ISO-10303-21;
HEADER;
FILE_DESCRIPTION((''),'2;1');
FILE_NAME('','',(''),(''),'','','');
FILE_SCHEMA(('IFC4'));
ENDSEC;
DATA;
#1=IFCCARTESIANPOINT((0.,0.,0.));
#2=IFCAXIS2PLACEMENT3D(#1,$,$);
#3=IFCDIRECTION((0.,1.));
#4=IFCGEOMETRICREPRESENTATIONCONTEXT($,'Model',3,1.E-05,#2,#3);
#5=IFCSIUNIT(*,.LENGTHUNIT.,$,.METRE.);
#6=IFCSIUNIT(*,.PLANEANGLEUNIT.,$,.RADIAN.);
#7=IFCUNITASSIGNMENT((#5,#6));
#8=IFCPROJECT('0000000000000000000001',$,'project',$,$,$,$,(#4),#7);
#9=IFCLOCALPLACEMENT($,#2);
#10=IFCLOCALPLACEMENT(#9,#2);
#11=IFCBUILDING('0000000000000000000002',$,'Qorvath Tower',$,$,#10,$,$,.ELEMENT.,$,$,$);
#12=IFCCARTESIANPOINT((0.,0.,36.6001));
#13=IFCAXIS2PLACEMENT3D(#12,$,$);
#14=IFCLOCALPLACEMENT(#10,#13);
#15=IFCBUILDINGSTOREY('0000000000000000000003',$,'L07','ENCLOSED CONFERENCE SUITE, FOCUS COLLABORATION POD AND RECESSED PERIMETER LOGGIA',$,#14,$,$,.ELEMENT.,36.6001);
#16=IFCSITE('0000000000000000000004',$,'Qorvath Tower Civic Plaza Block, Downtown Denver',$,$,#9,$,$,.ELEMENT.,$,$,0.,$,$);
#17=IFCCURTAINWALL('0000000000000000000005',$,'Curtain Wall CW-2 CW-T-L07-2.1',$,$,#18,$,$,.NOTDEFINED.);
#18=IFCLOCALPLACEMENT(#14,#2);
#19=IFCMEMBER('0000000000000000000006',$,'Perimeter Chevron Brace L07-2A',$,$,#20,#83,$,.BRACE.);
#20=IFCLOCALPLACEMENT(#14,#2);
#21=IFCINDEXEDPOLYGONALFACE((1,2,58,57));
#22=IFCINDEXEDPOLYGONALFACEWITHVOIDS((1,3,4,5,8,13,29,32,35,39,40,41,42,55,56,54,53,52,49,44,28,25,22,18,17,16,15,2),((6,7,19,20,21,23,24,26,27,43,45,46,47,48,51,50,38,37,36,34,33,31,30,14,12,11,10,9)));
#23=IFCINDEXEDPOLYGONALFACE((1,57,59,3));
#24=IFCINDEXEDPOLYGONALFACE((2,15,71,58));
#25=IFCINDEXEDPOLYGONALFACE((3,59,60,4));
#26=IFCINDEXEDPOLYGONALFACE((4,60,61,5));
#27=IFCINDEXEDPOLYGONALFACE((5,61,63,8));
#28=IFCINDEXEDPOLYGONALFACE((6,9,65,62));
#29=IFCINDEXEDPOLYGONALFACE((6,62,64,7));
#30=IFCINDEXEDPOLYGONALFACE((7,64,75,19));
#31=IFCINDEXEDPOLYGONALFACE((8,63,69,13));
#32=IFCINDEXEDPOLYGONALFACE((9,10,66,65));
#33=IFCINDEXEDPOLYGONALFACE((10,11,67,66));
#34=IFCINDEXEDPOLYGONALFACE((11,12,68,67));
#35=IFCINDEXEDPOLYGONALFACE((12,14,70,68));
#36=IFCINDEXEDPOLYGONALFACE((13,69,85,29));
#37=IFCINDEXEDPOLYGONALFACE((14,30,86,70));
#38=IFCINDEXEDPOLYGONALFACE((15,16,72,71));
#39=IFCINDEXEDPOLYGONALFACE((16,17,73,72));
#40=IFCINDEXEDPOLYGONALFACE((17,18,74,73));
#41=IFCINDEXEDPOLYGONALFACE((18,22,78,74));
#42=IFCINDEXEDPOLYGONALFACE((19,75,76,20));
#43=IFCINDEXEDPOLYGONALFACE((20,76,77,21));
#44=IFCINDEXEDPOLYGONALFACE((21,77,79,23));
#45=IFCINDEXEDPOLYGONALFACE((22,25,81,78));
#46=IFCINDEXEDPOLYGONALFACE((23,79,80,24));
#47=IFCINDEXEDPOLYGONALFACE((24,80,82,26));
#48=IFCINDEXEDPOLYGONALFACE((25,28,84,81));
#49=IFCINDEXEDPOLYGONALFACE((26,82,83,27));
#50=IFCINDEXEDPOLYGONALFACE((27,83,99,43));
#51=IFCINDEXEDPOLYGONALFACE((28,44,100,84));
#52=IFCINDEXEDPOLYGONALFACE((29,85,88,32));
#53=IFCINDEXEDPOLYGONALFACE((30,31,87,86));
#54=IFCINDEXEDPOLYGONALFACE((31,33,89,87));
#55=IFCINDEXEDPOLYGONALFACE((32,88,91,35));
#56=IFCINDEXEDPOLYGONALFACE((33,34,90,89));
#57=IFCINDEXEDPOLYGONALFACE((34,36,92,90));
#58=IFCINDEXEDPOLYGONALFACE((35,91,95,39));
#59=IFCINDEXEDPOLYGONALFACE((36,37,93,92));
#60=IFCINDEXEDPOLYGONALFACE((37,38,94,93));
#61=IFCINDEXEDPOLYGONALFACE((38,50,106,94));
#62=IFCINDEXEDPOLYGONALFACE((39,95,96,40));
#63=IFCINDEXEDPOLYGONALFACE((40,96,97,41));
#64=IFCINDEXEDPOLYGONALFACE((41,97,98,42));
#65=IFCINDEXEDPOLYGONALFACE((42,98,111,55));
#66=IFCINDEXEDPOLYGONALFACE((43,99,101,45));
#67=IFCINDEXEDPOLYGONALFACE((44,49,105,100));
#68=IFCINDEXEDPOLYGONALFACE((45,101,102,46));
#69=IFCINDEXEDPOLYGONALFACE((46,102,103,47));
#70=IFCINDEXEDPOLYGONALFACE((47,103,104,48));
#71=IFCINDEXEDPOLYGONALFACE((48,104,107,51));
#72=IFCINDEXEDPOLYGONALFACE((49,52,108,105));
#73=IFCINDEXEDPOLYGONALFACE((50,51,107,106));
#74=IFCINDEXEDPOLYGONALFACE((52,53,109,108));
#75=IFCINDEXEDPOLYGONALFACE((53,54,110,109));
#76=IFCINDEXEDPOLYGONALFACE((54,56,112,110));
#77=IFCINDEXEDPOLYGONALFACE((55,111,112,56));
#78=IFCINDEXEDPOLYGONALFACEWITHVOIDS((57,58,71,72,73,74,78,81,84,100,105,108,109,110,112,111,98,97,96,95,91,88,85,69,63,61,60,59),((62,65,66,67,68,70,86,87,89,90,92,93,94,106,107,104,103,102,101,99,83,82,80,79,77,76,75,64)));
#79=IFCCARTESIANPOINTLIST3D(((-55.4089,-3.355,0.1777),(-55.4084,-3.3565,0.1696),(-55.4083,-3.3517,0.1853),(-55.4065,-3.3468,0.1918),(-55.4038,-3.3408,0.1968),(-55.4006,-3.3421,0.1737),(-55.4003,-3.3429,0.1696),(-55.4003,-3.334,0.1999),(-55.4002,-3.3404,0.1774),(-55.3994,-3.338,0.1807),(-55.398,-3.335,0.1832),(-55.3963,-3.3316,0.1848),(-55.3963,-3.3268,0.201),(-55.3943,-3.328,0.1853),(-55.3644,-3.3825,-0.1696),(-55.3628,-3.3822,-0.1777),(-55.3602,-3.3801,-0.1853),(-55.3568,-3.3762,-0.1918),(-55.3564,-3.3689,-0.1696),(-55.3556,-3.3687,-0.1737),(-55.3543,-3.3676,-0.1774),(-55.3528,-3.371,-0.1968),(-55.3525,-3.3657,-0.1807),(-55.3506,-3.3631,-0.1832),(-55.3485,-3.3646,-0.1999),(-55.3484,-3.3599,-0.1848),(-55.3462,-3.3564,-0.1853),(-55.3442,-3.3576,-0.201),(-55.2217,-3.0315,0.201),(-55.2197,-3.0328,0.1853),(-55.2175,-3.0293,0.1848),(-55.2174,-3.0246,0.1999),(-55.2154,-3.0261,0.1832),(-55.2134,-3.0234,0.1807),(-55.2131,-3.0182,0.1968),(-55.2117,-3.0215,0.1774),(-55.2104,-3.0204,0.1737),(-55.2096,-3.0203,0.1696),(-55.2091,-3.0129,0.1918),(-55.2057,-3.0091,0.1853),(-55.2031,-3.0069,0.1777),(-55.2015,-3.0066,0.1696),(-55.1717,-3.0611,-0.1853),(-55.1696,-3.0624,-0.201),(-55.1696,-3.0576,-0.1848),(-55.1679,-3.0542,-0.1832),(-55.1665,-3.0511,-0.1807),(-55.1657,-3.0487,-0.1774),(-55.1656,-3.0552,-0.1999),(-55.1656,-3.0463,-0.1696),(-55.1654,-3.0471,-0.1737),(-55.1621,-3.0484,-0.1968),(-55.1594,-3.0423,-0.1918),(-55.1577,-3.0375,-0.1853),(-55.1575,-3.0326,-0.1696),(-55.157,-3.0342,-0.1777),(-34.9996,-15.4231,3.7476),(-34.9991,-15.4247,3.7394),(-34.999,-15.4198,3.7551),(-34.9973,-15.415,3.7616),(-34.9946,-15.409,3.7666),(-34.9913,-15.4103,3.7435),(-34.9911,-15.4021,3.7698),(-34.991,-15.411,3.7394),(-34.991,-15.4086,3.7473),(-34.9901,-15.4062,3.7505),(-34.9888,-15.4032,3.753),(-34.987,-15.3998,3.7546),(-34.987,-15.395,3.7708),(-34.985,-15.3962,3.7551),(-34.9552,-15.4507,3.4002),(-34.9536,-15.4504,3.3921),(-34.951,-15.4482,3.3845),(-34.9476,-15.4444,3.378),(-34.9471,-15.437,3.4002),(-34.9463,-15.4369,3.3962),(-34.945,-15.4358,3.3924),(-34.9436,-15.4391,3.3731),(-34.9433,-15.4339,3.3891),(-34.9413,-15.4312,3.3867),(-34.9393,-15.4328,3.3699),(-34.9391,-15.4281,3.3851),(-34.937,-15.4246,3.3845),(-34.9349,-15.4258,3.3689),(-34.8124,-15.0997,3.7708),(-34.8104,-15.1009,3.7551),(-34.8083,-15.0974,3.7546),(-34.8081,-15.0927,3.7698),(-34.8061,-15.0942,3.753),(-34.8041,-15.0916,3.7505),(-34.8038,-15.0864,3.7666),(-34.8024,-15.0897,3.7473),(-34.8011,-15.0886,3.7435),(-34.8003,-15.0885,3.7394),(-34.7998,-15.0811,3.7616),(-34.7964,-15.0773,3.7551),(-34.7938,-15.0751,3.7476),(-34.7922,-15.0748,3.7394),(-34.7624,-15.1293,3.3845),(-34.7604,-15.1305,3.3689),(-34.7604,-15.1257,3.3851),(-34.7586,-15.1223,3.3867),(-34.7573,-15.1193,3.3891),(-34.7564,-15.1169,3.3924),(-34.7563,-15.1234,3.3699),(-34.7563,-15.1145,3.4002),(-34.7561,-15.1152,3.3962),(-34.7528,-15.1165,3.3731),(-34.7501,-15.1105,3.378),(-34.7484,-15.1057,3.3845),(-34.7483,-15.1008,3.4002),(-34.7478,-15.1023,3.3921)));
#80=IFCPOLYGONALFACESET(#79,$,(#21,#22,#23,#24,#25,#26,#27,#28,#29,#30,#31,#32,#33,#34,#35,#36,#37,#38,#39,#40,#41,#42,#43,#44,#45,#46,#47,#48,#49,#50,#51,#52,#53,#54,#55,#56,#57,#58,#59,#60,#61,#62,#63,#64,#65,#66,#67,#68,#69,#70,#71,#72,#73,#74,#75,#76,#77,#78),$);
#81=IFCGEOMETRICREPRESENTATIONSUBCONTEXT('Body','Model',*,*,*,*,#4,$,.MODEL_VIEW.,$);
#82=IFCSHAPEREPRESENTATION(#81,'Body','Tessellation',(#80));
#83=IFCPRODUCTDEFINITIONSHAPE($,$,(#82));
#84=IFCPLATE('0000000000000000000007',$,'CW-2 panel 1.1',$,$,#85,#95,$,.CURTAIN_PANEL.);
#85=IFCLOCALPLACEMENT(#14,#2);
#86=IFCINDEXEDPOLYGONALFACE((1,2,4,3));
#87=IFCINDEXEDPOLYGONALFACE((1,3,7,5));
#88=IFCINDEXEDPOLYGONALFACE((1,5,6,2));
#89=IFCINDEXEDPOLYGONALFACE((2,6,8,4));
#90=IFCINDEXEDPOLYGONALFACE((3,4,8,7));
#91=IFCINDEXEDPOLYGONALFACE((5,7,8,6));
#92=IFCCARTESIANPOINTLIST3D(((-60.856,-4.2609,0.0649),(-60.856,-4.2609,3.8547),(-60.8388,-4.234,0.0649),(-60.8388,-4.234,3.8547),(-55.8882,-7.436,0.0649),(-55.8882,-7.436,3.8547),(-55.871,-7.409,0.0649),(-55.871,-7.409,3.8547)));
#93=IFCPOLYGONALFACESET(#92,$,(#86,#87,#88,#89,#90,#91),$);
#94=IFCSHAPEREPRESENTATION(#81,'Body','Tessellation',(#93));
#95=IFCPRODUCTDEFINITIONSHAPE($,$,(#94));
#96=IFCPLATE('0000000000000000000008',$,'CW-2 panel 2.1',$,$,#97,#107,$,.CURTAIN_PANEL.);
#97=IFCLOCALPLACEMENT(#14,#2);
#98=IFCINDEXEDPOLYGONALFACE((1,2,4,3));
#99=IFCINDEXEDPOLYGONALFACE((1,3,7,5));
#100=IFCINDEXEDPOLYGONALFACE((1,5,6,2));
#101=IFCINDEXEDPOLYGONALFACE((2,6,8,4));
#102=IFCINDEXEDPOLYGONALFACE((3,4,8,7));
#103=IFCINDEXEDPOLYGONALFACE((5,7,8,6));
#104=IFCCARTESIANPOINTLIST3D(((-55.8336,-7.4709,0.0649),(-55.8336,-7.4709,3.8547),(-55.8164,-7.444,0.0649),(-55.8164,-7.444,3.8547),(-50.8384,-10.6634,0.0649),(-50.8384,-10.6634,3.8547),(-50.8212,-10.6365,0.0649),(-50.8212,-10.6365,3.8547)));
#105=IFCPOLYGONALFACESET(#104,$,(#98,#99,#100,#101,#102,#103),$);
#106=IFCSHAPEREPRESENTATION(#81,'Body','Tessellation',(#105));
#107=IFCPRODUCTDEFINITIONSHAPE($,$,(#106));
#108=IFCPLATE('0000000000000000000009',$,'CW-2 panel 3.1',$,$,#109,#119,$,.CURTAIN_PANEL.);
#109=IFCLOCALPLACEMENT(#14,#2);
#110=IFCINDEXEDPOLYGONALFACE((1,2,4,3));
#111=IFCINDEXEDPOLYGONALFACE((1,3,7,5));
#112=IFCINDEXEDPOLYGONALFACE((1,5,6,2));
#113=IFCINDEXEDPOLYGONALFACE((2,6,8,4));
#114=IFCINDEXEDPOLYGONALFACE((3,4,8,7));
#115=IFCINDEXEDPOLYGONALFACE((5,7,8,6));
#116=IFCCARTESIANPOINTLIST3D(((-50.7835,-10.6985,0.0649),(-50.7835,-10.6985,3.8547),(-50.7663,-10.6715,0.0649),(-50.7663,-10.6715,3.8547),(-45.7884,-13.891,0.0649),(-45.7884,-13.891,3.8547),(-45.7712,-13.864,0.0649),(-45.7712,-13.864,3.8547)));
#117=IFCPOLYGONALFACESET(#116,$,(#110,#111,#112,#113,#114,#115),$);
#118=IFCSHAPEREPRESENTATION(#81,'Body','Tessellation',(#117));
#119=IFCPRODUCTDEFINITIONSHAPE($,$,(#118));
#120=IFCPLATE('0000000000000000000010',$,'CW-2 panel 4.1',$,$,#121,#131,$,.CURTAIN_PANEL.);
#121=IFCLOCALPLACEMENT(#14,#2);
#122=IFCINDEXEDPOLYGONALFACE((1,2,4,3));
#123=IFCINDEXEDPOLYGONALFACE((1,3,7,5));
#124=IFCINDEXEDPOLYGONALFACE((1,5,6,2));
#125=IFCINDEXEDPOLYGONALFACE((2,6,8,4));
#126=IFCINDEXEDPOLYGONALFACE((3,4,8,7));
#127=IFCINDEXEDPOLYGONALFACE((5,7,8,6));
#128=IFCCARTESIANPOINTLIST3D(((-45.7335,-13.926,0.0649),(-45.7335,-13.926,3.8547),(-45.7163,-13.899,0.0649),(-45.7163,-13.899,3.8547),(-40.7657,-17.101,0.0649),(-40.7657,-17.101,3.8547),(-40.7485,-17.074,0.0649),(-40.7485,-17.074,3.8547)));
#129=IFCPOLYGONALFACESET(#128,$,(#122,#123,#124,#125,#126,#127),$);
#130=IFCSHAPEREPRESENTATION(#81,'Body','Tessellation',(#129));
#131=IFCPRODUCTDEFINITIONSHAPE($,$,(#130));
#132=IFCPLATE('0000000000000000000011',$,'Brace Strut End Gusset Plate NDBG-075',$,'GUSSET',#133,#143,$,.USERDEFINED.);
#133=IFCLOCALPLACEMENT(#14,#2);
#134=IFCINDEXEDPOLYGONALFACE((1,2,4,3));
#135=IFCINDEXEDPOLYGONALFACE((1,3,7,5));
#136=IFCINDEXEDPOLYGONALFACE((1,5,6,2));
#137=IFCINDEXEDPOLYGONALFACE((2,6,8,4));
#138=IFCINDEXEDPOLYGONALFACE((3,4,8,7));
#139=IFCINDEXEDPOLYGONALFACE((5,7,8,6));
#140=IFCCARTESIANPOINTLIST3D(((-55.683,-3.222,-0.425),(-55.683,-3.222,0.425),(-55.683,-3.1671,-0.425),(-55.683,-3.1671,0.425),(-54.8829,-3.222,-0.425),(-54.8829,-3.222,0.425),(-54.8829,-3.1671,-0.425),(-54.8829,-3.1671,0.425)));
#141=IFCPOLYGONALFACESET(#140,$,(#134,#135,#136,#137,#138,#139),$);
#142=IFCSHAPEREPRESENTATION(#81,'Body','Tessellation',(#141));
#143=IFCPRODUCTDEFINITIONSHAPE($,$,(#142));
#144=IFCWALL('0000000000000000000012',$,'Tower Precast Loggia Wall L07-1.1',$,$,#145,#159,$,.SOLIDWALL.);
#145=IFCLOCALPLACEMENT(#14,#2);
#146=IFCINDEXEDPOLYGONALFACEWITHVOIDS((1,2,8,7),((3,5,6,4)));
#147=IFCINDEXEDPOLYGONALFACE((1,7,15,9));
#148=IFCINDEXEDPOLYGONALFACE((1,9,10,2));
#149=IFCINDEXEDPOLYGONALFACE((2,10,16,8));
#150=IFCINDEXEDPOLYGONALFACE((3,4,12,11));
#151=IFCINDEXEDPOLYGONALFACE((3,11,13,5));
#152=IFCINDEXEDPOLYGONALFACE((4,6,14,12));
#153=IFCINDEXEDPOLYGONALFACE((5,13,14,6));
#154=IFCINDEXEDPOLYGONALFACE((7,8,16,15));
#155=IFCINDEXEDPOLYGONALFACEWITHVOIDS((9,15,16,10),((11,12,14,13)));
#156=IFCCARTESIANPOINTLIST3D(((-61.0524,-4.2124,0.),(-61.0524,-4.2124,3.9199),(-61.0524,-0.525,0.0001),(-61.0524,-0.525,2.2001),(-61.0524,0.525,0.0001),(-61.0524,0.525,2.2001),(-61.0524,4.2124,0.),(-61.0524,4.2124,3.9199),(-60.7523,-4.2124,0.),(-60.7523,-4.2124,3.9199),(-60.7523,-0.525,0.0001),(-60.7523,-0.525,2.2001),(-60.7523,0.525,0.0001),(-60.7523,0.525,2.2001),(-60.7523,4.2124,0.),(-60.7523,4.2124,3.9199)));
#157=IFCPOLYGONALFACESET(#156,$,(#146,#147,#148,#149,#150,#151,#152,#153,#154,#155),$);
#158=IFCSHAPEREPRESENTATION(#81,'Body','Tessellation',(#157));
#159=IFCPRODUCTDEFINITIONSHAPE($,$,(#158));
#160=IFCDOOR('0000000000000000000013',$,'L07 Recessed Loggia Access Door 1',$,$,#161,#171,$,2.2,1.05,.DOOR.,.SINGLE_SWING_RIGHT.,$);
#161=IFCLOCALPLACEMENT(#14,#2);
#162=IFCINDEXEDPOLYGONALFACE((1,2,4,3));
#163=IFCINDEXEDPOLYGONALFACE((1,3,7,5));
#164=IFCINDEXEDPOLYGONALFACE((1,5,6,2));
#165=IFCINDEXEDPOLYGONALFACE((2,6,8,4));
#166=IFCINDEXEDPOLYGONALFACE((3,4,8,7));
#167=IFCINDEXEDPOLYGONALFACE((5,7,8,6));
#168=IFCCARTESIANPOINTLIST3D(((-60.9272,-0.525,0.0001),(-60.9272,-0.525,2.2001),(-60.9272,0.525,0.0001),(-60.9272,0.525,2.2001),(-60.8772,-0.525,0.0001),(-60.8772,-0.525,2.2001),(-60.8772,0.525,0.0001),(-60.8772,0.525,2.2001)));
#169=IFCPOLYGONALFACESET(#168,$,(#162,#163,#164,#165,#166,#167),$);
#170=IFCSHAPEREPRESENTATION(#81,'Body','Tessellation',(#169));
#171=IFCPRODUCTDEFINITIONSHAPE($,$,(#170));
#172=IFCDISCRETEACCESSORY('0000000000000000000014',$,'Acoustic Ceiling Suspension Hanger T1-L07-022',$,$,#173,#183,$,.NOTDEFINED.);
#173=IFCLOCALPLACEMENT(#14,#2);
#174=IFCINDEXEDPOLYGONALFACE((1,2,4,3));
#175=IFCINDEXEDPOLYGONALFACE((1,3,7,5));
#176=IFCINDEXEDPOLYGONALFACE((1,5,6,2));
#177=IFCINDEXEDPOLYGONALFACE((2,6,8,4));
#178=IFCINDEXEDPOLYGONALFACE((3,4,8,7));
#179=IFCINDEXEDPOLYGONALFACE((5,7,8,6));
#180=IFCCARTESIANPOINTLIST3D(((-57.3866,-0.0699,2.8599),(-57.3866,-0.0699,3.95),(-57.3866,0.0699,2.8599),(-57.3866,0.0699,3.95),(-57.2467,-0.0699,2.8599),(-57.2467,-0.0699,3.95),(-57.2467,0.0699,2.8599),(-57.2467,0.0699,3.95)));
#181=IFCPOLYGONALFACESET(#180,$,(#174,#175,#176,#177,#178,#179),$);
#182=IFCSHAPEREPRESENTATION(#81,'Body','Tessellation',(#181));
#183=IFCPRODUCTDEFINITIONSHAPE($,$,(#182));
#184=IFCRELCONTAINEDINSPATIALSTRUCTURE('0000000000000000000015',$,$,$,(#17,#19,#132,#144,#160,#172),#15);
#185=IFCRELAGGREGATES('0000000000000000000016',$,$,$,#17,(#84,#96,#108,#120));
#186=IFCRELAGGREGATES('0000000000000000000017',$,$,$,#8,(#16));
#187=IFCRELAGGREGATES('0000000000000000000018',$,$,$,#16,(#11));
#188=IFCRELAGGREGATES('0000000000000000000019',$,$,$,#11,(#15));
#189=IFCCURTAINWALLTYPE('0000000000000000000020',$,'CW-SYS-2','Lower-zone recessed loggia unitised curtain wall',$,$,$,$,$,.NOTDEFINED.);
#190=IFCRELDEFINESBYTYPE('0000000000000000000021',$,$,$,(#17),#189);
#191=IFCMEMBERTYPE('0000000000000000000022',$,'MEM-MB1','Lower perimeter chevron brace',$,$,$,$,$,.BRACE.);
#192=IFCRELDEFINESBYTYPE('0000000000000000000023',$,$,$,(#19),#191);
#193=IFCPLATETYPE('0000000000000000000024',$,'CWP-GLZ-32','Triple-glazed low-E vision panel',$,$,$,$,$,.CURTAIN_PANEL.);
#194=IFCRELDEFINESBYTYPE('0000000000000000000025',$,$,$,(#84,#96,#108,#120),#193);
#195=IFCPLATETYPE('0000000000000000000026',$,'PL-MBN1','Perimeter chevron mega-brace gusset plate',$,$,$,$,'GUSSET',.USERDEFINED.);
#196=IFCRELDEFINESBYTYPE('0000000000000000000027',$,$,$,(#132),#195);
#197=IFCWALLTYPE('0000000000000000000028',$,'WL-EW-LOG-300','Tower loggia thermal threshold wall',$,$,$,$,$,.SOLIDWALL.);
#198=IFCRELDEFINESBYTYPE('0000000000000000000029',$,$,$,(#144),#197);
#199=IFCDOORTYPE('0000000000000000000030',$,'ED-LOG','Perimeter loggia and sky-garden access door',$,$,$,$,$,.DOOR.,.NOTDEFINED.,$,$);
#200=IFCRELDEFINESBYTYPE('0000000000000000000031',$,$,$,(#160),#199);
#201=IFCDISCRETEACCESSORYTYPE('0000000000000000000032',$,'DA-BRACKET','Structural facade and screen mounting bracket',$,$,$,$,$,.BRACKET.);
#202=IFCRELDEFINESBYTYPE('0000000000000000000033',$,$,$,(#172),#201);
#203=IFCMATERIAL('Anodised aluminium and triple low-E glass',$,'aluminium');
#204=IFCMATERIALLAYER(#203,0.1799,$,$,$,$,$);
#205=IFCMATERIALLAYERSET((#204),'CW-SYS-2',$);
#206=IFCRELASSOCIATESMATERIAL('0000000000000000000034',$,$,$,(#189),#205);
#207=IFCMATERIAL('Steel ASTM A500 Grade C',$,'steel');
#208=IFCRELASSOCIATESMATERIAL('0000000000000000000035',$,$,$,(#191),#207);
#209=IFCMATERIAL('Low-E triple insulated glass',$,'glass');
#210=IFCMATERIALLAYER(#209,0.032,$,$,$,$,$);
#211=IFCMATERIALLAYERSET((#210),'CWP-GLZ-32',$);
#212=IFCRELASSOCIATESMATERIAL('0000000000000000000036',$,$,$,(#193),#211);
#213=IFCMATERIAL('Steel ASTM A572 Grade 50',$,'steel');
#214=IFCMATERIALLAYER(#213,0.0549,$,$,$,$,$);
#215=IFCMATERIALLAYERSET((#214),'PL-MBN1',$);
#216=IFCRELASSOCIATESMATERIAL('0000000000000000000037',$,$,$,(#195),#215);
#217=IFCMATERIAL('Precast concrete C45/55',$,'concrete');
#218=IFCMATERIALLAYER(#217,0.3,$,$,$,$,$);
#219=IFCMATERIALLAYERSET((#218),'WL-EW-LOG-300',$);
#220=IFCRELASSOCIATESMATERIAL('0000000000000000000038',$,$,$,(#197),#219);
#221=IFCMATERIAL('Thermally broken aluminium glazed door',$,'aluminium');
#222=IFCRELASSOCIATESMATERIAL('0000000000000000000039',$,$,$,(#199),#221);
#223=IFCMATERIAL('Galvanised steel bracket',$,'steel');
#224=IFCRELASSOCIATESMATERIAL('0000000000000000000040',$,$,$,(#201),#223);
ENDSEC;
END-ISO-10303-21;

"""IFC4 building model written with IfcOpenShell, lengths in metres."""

from ifc_helpers import new_model, si_unit, direction, frame, frame_2d, origin, origin_2d, place, context, subcontext, project, spatial, rectangle, hollow_rectangle, extrude, material, layer, layer_set, material_profile, profile_set, type_object, element, fill, aggregate, save


model = new_model("IFC4")

# Units and contexts
model_context = context("Model", 3, precision=1e-05, world=origin(), true_north=direction((0.0, 1.0)))
body_context = subcontext(model_context, "Body", "Model", "MODEL_VIEW")
ifc_project = project(units=[si_unit("LENGTHUNIT", "METRE"), si_unit("PLANEANGLEUNIT", "RADIAN")], contexts=[model_context])

# Site, building, storey
site_placement = place(None, origin())
site = spatial("IfcSite", under=ifc_project, at=site_placement, Name="Qorvath Tower Civic Plaza Block, Downtown Denver", CompositionType="ELEMENT", RefElevation=0.0)
building_placement = place(site_placement, origin())
building = spatial("IfcBuilding", under=site, at=building_placement, Name="Qorvath Tower", CompositionType="ELEMENT")
storey_placement = place(building_placement, frame((0.0, 0.0, 36.6001)))
storey = spatial("IfcBuildingStorey", under=building, at=storey_placement, Name="L07", Description="ENCLOSED CONFERENCE SUITE, FOCUS COLLABORATION POD AND RECESSED PERIMETER LOGGIA", CompositionType="ELEMENT", Elevation=36.6001)

# Curtain wall
ifc_material_1 = material(Name="Anodised aluminium and triple low-E glass", Category="aluminium")
ifc_layer_1 = layer(ifc_material_1, 0.1799)
ifc_layer_set_1 = layer_set([ifc_layer_1], Name="CW-SYS-2")
curtain_wall_type = type_object("IfcCurtainWallType", Name="CW-SYS-2", Description="Lower-zone recessed loggia unitised curtain wall", PredefinedType="NOTDEFINED", material=ifc_layer_set_1)
curtain_wall_placement = place(storey_placement, origin())
curtain_wall = element("IfcCurtainWall", 1, at=curtain_wall_placement, inside=storey, type_object=curtain_wall_type, Name="Curtain Wall CW-2 CW-T-L07-2.1", PredefinedType="NOTDEFINED")

# Member
ifc_material_2 = material(Name="Steel ASTM A500 Grade C", Category="steel")
ifc_material_profile_1 = material_profile(ifc_material_2, hollow_rectangle(XDim=0.4065, YDim=0.4065, WallThickness=0.0159, InnerFilletRadius=0.0159, OuterFilletRadius=0.0317, at=origin_2d()), Name="HSS 406x406x16")
ifc_profile_set_1 = profile_set([ifc_material_profile_1], Name="Steel ASTM A500 Grade C")
member_type_1 = type_object("IfcMemberType", Name="MEM-MB1", Description="Lower perimeter chevron brace", PredefinedType="BRACE", material=ifc_profile_set_1)
member_1_placement = place(storey_placement, frame((-55.283, -3.1946, 0.0), z_axis=(0.851183, -0.503311, 0.148883), x_axis=(0.508984, 0.860776, 0.0)))
element("IfcMember", 2, at=member_1_placement, inside=storey, type_object=member_type_1, Name="Perimeter Chevron Brace L07-2A", PredefinedType="BRACE", context=body_context, shape_type="SweptSolid", body=[
    extrude(hollow_rectangle(XDim=0.4065, YDim=0.4065, WallThickness=0.0159, InnerFilletRadius=0.0159, OuterFilletRadius=0.0317, at=origin_2d()), origin(), (0.0, 0.0, 1.0), 23.9775),
])

# Plates
ifc_material_3 = material(Name="Low-E triple insulated glass", Category="glass")
ifc_layer_2 = layer(ifc_material_3, 0.032)
ifc_layer_set_2 = layer_set([ifc_layer_2], Name="CWP-GLZ-32")
plate_type_1 = type_object("IfcPlateType", Name="CWP-GLZ-32", Description="Triple-glazed low-E vision panel", PredefinedType="CURTAIN_PANEL", material=ifc_layer_set_2)
plate_1_placement = place(storey_placement, frame((-58.3635, -5.835, 0.0649), z_axis=(0.0, 0.0, 1.0), x_axis=(0.842607, -0.538529, 0.0)))
plate_1 = element("IfcPlate", 3, at=plate_1_placement, type_object=plate_type_1, Name="CW-2 panel 1.1", PredefinedType="CURTAIN_PANEL", context=body_context, shape_type="SweptSolid", body=[
    extrude(rectangle(XDim=5.8958, YDim=0.032, at=origin_2d()), origin(), (0.0, 0.0, 1.0), 3.7898),
])
plate_2_placement = place(storey_placement, frame((-53.3274, -9.0537, 0.0649), z_axis=(0.0, 0.0, 1.0), x_axis=(0.842607, -0.538529, 0.0)))
plate_2 = element("IfcPlate", 4, at=plate_2_placement, type_object=plate_type_1, Name="CW-2 panel 2.1", PredefinedType="CURTAIN_PANEL", context=body_context, shape_type="SweptSolid", body=[
    extrude(rectangle(XDim=5.9282, YDim=0.032, at=origin_2d()), origin(), (0.0, 0.0, 1.0), 3.7898),
])
plate_3_placement = place(storey_placement, frame((-48.2773, -12.2812, 0.0649), z_axis=(0.0, 0.0, 1.0), x_axis=(0.842607, -0.538529, 0.0)))
plate_3 = element("IfcPlate", 5, at=plate_3_placement, type_object=plate_type_1, Name="CW-2 panel 3.1", PredefinedType="CURTAIN_PANEL", context=body_context, shape_type="SweptSolid", body=[
    extrude(rectangle(XDim=5.9282, YDim=0.032, at=origin_2d()), origin(), (0.0, 0.0, 1.0), 3.7898),
])
plate_4_placement = place(storey_placement, frame((-43.241, -15.5, 0.0649), z_axis=(0.0, 0.0, 1.0), x_axis=(0.842607, -0.538529, 0.0)))
plate_4 = element("IfcPlate", 6, at=plate_4_placement, type_object=plate_type_1, Name="CW-2 panel 4.1", PredefinedType="CURTAIN_PANEL", context=body_context, shape_type="SweptSolid", body=[
    extrude(rectangle(XDim=5.8958, YDim=0.032, at=origin_2d()), origin(), (0.0, 0.0, 1.0), 3.7898),
])
aggregate(curtain_wall, [plate_1, plate_2, plate_3, plate_4])
ifc_material_4 = material(Name="Steel ASTM A572 Grade 50", Category="steel")
ifc_layer_3 = layer(ifc_material_4, 0.0549)
ifc_layer_set_3 = layer_set([ifc_layer_3], Name="PL-MBN1")
plate_type_2 = type_object("IfcPlateType", Name="PL-MBN1", Description="Perimeter chevron mega-brace gusset plate", ElementType="GUSSET", PredefinedType="USERDEFINED", material=ifc_layer_set_3)
plate_5_placement = place(storey_placement, frame((-55.283, -3.1946, -0.425), z_axis=(0.0, 0.0, 1.0), x_axis=(1.0, 0.0, 0.0)))
element("IfcPlate", 7, at=plate_5_placement, inside=storey, type_object=plate_type_2, Name="Brace Strut End Gusset Plate NDBG-075", ObjectType="GUSSET", PredefinedType="USERDEFINED", context=body_context, shape_type="SweptSolid", body=[
    extrude(rectangle(XDim=0.8, YDim=0.0549, at=origin_2d()), origin(), (0.0, 0.0, 1.0), 0.8501),
])

# Wall, opening, door
ifc_material_5 = material(Name="Precast concrete C45/55", Category="concrete")
ifc_layer_4 = layer(ifc_material_5, 0.3)
ifc_layer_set_4 = layer_set([ifc_layer_4], Name="WL-EW-LOG-300")
wall_type = type_object("IfcWallType", Name="WL-EW-LOG-300", Description="Tower loggia thermal threshold wall", PredefinedType="SOLIDWALL", material=ifc_layer_set_4)
wall_placement = place(storey_placement, frame((-60.9023, -4.2124, 0.0), z_axis=(0.0, 0.0, 1.0), x_axis=(0.0, 1.0, 0.0)))
wall = element("IfcWall", 8, at=wall_placement, inside=storey, type_object=wall_type, Name="Tower Precast Loggia Wall L07-1.1", PredefinedType="SOLIDWALL", context=body_context, shape_type="SweptSolid", body=[
    extrude(rectangle(XDim=8.4248, YDim=0.3, at=frame_2d((4.2124, 0.0))), origin(), (0.0, 0.0, 1.0), 3.9199),
])
opening_placement = place(wall_placement, frame((3.6875, 0.0, 0.0)))
opening = element("IfcOpeningElement", 9, at=opening_placement, cuts=wall, PredefinedType="OPENING", context=body_context, shape_type="SweptSolid", body=[
    extrude(rectangle(XDim=1.05, YDim=2.2, at=frame_2d((0.5249, 1.1001))), frame((0.0, 0.1602, 0.0), z_axis=(0.0, -1.0, 0.0), x_axis=(1.0, 0.0, 0.0)), (0.0, 0.0, 1.0), 0.3201),
])
ifc_material_6 = material(Name="Thermally broken aluminium glazed door", Category="aluminium")
door_type = type_object("IfcDoorType", Name="ED-LOG", Description="Perimeter loggia and sky-garden access door", OperationType="NOTDEFINED", PredefinedType="DOOR", material=ifc_material_6)
door_placement = place(opening_placement, origin())
door = element("IfcDoor", 10, at=door_placement, inside=storey, type_object=door_type, Name="L07 Recessed Loggia Access Door 1", OperationType="SINGLE_SWING_RIGHT", OverallHeight=2.2, OverallWidth=1.05, PredefinedType="DOOR", context=body_context, shape_type="SweptSolid", body=[
    extrude(rectangle(XDim=1.05, YDim=2.2, at=frame_2d((0.5249, 1.1001))), frame((0.0, 0.0249, 0.0), z_axis=(0.0, -1.0, 0.0), x_axis=(1.0, 0.0, 0.0)), (0.0, 0.0, 1.0), 0.05),
])
fill(opening, door)

# Discrete accessory
ifc_material_7 = material(Name="Galvanised steel bracket", Category="steel")
discrete_accessory_type = type_object("IfcDiscreteAccessoryType", Name="DA-BRACKET", Description="Structural facade and screen mounting bracket", PredefinedType="BRACKET", material=ifc_material_7)
for number, where, z_axis, x_axis, name in (
    (11, (-57.3167, 0.0, 2.8599), (0.0, 0.0, 1.0), (1.0, 0.0, 0.0), "Acoustic Ceiling Suspension Hanger T1-L07-022"),
):
    element("IfcDiscreteAccessory", number, at=place(storey_placement, frame(where, z_axis=z_axis, x_axis=x_axis)), inside=storey, type_object=discrete_accessory_type, Name=name, PredefinedType="NOTDEFINED", context=body_context, shape_type="SweptSolid", body=[
        extrude(rectangle(XDim=0.1399, YDim=0.1399, at=origin_2d()), origin(), (0.0, 0.0, 1.0), 1.0901),
    ])

save(model, "model.ifc")
